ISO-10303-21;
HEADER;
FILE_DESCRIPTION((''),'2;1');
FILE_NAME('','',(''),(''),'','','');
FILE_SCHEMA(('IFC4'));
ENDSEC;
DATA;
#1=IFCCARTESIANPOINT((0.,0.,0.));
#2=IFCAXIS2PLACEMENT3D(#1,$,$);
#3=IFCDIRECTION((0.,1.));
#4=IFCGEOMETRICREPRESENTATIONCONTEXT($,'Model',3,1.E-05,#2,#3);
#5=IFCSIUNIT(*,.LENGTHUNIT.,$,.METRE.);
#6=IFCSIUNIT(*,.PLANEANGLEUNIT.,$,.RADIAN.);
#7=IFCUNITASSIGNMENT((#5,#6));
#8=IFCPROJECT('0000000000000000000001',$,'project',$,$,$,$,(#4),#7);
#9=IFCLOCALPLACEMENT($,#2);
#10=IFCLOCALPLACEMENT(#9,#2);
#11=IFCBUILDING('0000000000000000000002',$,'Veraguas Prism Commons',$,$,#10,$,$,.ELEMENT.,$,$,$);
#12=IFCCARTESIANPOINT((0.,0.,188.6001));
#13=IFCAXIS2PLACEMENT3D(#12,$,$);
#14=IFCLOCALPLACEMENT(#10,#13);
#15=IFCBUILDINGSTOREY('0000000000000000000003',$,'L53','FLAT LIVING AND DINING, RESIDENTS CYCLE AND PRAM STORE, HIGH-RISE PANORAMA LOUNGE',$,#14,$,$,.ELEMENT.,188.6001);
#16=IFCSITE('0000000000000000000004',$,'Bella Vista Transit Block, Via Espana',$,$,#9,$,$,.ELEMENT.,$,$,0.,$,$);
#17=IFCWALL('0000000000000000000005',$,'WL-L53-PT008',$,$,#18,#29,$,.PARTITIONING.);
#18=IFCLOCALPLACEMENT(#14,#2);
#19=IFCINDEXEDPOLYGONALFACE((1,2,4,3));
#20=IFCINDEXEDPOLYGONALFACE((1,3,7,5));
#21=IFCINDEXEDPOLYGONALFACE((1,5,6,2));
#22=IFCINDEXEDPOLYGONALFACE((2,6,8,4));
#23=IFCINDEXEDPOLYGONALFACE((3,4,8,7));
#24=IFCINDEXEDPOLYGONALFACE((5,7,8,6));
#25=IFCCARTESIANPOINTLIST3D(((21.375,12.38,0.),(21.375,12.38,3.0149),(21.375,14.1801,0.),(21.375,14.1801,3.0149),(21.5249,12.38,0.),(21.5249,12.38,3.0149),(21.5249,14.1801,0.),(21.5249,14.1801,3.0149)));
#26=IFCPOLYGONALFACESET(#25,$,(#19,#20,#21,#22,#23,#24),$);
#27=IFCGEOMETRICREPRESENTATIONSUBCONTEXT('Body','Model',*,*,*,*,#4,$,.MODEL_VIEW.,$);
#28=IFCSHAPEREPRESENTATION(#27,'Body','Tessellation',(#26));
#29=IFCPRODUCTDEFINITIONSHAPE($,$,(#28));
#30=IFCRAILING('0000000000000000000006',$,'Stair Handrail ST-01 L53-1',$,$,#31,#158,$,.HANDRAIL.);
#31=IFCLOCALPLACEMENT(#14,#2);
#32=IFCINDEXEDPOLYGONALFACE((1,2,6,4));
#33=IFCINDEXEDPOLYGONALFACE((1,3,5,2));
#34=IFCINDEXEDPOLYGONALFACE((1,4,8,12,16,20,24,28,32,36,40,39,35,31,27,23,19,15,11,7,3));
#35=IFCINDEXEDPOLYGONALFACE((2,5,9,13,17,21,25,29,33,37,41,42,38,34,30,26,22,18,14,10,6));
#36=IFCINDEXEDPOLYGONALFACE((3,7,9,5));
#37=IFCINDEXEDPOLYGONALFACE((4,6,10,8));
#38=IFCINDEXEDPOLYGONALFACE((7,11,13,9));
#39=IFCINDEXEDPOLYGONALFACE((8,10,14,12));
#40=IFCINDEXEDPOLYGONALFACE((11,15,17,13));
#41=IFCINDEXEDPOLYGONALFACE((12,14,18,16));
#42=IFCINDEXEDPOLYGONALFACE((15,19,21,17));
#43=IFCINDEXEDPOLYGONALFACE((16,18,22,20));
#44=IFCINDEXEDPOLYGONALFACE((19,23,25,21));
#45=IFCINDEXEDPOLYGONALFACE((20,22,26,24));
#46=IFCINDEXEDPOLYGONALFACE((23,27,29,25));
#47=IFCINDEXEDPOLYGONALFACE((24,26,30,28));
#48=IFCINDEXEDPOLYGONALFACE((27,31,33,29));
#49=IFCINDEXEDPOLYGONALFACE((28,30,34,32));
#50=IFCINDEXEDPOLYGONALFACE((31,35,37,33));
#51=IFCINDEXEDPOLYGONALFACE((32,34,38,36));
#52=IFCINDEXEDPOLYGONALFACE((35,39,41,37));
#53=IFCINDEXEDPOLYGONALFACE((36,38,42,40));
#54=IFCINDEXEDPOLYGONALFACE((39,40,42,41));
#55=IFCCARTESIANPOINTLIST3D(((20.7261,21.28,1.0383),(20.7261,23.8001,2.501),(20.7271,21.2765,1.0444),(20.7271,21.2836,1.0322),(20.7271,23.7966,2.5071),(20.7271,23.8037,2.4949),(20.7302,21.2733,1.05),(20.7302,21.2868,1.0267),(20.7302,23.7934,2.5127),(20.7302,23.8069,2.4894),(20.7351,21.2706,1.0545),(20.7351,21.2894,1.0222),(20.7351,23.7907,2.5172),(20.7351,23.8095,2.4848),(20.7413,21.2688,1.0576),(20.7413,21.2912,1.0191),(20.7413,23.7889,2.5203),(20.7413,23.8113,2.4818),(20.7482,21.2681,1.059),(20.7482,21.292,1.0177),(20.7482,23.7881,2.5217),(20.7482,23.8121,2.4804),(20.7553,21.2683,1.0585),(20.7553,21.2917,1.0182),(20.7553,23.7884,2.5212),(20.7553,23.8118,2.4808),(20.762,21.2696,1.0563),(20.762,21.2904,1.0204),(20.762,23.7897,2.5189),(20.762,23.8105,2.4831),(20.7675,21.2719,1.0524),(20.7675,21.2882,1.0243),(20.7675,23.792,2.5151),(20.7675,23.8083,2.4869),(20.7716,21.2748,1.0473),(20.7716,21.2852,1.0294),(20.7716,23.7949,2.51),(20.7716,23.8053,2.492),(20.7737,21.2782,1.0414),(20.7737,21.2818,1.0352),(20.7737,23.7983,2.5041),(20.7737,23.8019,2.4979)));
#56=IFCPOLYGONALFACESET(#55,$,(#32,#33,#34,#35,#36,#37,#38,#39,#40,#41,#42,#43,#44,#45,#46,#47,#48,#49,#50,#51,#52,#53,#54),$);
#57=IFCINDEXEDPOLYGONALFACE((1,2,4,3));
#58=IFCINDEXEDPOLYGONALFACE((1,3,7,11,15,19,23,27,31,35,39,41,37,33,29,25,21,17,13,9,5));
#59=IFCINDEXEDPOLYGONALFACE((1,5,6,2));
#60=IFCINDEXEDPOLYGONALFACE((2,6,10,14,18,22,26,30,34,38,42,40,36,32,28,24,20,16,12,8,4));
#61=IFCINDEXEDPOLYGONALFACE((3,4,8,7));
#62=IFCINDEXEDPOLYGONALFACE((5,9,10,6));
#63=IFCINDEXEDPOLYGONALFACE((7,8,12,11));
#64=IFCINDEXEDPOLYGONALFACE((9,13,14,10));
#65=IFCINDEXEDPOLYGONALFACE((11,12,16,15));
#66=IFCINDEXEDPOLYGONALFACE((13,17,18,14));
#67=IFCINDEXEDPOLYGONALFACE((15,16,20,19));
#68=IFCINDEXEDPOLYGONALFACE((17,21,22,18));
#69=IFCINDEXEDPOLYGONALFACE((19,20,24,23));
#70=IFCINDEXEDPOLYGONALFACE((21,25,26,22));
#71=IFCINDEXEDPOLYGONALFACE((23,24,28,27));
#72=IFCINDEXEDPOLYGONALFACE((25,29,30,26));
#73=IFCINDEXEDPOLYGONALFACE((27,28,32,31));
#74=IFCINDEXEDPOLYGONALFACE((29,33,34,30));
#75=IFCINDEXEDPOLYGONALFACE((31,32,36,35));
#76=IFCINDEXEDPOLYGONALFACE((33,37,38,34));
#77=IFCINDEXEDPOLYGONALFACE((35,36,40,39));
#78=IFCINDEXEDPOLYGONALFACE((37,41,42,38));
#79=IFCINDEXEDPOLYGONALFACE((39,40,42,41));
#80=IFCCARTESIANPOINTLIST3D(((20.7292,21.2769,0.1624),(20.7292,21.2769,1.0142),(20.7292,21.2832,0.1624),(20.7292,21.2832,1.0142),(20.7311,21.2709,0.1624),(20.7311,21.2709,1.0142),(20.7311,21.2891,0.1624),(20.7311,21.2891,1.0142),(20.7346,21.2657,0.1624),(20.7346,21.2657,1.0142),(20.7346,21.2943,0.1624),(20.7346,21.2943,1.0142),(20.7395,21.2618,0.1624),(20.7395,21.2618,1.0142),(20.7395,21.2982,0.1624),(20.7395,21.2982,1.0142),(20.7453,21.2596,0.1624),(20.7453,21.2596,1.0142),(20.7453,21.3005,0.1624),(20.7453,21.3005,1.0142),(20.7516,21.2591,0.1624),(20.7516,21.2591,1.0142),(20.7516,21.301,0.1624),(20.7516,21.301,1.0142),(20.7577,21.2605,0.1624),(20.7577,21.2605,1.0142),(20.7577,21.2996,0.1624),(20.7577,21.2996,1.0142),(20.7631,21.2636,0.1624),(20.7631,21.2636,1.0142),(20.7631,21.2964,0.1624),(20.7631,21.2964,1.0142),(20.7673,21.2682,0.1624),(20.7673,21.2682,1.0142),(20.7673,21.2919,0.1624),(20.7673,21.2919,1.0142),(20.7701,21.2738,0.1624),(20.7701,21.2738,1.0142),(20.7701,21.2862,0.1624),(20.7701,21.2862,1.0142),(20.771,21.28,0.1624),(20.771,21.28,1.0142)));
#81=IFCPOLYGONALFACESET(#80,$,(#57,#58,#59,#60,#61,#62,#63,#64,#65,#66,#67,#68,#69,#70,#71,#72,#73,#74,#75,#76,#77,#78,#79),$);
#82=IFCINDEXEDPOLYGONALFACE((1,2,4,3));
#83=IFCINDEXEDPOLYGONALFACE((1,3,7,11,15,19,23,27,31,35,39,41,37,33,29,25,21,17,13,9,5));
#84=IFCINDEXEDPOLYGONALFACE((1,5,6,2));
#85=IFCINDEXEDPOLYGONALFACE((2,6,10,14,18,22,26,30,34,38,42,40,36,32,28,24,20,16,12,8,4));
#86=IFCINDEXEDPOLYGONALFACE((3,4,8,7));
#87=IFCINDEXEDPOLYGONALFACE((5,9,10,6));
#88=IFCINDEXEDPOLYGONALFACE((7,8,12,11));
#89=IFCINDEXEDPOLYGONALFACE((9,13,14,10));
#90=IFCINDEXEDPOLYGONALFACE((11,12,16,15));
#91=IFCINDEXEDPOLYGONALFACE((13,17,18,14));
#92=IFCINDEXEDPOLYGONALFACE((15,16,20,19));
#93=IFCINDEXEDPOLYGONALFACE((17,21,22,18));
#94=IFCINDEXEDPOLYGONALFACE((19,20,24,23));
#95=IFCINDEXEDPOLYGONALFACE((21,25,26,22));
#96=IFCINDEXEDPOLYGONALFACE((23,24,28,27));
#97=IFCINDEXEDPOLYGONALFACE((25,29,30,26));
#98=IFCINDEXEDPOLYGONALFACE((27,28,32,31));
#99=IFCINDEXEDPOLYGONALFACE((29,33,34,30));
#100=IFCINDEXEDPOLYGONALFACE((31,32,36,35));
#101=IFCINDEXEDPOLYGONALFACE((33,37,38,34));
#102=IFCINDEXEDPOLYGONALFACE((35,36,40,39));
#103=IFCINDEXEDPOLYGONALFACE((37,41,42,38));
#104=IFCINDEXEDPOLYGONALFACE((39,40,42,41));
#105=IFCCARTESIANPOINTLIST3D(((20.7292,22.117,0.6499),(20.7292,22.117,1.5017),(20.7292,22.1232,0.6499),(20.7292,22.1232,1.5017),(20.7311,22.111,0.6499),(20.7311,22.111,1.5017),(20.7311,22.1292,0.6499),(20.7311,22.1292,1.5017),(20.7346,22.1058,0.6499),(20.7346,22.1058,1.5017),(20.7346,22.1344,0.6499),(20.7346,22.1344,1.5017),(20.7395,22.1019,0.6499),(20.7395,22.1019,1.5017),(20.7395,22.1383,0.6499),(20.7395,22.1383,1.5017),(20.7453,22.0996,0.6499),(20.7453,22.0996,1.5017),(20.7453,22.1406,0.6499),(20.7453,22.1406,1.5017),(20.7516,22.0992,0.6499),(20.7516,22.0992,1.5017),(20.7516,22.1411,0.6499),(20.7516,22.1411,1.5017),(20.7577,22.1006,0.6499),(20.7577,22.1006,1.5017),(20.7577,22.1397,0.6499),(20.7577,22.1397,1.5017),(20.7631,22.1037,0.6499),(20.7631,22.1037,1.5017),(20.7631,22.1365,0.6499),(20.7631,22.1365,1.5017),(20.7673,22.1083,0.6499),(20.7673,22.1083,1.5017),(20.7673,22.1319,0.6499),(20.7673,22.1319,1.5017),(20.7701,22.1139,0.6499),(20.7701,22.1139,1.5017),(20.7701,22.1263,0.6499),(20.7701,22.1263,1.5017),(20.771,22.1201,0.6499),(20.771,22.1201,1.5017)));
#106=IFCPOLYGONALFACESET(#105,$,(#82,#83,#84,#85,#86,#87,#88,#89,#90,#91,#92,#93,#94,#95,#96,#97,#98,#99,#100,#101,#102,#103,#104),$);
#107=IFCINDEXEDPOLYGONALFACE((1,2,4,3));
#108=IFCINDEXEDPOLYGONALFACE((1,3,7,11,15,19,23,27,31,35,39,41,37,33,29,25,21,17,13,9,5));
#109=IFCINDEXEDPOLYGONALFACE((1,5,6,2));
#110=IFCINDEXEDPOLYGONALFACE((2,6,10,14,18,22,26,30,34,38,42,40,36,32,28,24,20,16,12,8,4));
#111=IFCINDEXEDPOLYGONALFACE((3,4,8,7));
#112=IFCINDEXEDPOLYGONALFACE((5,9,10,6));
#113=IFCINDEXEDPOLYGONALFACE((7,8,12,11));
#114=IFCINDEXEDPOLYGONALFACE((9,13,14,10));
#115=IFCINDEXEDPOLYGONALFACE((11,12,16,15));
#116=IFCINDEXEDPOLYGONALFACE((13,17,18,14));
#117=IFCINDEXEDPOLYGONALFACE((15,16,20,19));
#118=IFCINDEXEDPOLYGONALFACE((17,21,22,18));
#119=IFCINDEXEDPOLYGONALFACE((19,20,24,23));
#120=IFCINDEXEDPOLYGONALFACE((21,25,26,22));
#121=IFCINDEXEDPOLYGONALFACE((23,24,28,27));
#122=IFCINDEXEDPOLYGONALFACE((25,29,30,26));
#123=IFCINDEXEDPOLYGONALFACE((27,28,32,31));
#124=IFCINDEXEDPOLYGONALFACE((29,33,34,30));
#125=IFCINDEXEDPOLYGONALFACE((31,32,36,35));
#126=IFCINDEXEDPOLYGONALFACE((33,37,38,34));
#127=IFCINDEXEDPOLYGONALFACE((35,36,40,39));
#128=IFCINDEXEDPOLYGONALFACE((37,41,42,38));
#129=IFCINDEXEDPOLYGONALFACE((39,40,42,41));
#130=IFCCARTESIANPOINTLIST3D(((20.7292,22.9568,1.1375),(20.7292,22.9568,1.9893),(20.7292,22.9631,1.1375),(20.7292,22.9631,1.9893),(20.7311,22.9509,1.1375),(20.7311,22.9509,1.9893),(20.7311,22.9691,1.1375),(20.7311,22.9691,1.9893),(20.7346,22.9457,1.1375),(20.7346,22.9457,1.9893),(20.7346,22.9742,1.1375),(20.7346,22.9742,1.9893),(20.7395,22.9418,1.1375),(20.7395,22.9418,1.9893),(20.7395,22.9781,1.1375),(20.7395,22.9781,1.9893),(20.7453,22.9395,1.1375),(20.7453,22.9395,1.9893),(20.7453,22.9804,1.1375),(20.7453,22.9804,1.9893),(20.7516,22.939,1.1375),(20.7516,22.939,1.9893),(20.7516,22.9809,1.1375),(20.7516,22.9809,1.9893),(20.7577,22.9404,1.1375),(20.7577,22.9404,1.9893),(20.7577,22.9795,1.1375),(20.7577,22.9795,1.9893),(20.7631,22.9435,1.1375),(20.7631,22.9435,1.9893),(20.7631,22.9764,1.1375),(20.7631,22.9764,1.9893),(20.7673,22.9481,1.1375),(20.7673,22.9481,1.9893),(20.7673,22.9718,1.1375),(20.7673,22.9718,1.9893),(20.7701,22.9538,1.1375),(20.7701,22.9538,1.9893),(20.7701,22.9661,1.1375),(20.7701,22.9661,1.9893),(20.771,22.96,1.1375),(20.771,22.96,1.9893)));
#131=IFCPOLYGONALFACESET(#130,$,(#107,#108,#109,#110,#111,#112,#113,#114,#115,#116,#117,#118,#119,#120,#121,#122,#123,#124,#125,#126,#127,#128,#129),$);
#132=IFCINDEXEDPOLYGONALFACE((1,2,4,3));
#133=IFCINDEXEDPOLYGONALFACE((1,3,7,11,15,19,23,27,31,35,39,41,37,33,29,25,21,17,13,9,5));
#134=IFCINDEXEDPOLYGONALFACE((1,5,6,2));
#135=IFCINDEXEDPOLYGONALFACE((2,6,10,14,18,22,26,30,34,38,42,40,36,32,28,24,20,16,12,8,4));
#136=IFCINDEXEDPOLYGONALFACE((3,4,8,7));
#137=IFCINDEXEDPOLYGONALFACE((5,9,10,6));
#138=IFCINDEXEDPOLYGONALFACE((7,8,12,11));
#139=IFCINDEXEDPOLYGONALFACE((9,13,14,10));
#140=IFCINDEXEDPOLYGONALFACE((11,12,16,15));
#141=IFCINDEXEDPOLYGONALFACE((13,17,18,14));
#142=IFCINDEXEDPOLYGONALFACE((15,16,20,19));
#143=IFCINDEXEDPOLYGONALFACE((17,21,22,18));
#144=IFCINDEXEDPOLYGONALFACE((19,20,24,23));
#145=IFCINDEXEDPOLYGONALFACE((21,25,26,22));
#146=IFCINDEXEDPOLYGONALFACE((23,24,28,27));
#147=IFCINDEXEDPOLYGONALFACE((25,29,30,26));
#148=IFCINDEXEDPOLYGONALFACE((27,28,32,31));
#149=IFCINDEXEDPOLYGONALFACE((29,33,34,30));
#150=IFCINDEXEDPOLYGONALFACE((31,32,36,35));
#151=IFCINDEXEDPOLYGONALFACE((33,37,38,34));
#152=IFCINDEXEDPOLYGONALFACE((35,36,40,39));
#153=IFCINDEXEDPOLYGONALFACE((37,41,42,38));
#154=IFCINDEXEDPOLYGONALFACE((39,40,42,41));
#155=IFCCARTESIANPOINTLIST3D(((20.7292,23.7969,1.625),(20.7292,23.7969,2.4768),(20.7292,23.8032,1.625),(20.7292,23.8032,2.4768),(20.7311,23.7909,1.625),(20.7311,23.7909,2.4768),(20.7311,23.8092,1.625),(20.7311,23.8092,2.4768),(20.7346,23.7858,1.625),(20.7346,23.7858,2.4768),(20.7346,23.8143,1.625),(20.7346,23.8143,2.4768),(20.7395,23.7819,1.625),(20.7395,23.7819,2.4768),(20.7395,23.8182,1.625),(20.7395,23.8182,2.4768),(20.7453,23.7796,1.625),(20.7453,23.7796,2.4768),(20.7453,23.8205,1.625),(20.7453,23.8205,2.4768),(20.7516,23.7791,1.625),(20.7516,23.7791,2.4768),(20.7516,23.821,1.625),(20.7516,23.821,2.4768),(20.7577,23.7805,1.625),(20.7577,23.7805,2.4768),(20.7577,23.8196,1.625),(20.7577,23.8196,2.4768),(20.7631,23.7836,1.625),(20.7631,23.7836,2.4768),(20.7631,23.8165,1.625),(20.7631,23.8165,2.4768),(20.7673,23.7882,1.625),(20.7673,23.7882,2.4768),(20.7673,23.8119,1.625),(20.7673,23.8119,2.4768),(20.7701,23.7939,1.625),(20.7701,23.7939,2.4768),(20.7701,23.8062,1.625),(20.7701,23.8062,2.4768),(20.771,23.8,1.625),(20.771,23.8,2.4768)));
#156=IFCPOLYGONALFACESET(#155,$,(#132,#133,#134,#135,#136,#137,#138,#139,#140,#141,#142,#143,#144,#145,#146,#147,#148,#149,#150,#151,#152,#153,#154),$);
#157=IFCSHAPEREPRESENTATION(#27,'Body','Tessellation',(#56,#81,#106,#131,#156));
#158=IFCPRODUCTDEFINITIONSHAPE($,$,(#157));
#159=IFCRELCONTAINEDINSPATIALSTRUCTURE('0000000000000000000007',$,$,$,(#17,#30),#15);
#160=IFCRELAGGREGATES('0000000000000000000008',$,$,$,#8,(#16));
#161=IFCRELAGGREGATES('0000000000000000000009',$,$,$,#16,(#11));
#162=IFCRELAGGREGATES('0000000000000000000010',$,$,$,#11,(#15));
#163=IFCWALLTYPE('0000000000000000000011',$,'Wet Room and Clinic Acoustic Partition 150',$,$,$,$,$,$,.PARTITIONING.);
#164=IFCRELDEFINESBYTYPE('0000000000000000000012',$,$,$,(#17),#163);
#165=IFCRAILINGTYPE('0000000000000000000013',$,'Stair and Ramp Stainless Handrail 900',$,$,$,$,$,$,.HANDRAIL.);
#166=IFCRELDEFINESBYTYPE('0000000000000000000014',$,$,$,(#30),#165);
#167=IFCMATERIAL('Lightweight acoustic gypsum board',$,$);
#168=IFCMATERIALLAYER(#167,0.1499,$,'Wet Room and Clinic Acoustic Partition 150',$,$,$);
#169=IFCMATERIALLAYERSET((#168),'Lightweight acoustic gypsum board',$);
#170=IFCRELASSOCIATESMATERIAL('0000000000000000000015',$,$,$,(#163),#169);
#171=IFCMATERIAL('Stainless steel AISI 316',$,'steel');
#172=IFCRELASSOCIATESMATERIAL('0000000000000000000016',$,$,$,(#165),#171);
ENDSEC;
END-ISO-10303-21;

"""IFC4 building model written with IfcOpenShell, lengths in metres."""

from ifc_helpers import new_model, si_unit, direction, frame, frame_2d, origin, origin_2d, place, context, subcontext, project, spatial, rectangle, circle, extrude, material, layer, layer_set, type_object, element, save


model = new_model("IFC4")

# Units and contexts
model_context = context("Model", 3, precision=1e-05, world=origin(), true_north=direction((0.0, 1.0)))
body_context = subcontext(model_context, "Body", "Model", "MODEL_VIEW")
ifc_project = project(units=[si_unit("LENGTHUNIT", "METRE"), si_unit("PLANEANGLEUNIT", "RADIAN")], contexts=[model_context])

# Site, building, storey
site_placement = place(None, origin())
site = spatial("IfcSite", under=ifc_project, at=site_placement, Name="Bella Vista Transit Block, Via Espana", CompositionType="ELEMENT", RefElevation=0.0)
building_placement = place(site_placement, origin())
building = spatial("IfcBuilding", under=site, at=building_placement, Name="Veraguas Prism Commons", CompositionType="ELEMENT")
storey_placement = place(building_placement, frame((0.0, 0.0, 188.6001)))
storey = spatial("IfcBuildingStorey", under=building, at=storey_placement, Name="L53", Description="FLAT LIVING AND DINING, RESIDENTS CYCLE AND PRAM STORE, HIGH-RISE PANORAMA LOUNGE", CompositionType="ELEMENT", Elevation=188.6001)

# Shared definitions
ifc_material_1 = material(Name="Lightweight acoustic gypsum board")

# Shared definitions
ifc_material_2 = material(Name="Stainless steel AISI 316", Category="steel")

# Wall
ifc_layer_1 = layer(ifc_material_1, 0.1499, Name="Wet Room and Clinic Acoustic Partition 150")
ifc_layer_set_1 = layer_set([ifc_layer_1], Name="Lightweight acoustic gypsum board")
wall_type_1 = type_object("IfcWallType", Name="Wet Room and Clinic Acoustic Partition 150", PredefinedType="PARTITIONING", material=ifc_layer_set_1)
wall_1_placement = place(storey_placement, frame((21.45, 14.1799, 0.0), z_axis=(0.0, 0.0, 1.0), x_axis=(0.0, -1.0, 0.0)))
element("IfcWall", 1, at=wall_1_placement, inside=storey, type_object=wall_type_1, Name="WL-L53-PT008", PredefinedType="PARTITIONING", context=body_context, shape_type="SweptSolid", body=[
    extrude(rectangle(XDim=1.8, YDim=0.1499, at=frame_2d((0.8999, 0.0))), origin(), (0.0, 0.0, 1.0), 3.0149),
])

# Railing
railing_type = type_object("IfcRailingType", Name="Stair and Ramp Stainless Handrail 900", PredefinedType="HANDRAIL", material=ifc_material_2)
railing_placement = place(storey_placement, frame((20.75, 21.28, 0.1624)))
element("IfcRailing", 2, at=railing_placement, inside=storey, type_object=railing_type, Name="Stair Handrail ST-01 L53-1", PredefinedType="HANDRAIL", context=body_context, shape_type="SweptSolid", body=[
    extrude(circle(Radius=0.0239, at=origin_2d()), frame((0.0, 0.0, 0.876), z_axis=(0.0, 0.864877, 0.501984), x_axis=(-1.0, 0.0, 0.0)), (0.0, 0.0, 1.0), 2.9138),
    extrude(circle(Radius=0.021, at=origin_2d()), origin(), (0.0, 0.0, 1.0), 0.8518),
    extrude(circle(Radius=0.021, at=origin_2d()), frame((0.0, 0.8401, 0.4875)), (0.0, 0.0, 1.0), 0.8518),
    extrude(circle(Radius=0.021, at=origin_2d()), frame((0.0, 1.6799, 0.9751)), (0.0, 0.0, 1.0), 0.8518),
    extrude(circle(Radius=0.021, at=origin_2d()), frame((0.0, 2.52, 1.4626)), (0.0, 0.0, 1.0), 0.8518),
])

save(model, "model.ifc")
